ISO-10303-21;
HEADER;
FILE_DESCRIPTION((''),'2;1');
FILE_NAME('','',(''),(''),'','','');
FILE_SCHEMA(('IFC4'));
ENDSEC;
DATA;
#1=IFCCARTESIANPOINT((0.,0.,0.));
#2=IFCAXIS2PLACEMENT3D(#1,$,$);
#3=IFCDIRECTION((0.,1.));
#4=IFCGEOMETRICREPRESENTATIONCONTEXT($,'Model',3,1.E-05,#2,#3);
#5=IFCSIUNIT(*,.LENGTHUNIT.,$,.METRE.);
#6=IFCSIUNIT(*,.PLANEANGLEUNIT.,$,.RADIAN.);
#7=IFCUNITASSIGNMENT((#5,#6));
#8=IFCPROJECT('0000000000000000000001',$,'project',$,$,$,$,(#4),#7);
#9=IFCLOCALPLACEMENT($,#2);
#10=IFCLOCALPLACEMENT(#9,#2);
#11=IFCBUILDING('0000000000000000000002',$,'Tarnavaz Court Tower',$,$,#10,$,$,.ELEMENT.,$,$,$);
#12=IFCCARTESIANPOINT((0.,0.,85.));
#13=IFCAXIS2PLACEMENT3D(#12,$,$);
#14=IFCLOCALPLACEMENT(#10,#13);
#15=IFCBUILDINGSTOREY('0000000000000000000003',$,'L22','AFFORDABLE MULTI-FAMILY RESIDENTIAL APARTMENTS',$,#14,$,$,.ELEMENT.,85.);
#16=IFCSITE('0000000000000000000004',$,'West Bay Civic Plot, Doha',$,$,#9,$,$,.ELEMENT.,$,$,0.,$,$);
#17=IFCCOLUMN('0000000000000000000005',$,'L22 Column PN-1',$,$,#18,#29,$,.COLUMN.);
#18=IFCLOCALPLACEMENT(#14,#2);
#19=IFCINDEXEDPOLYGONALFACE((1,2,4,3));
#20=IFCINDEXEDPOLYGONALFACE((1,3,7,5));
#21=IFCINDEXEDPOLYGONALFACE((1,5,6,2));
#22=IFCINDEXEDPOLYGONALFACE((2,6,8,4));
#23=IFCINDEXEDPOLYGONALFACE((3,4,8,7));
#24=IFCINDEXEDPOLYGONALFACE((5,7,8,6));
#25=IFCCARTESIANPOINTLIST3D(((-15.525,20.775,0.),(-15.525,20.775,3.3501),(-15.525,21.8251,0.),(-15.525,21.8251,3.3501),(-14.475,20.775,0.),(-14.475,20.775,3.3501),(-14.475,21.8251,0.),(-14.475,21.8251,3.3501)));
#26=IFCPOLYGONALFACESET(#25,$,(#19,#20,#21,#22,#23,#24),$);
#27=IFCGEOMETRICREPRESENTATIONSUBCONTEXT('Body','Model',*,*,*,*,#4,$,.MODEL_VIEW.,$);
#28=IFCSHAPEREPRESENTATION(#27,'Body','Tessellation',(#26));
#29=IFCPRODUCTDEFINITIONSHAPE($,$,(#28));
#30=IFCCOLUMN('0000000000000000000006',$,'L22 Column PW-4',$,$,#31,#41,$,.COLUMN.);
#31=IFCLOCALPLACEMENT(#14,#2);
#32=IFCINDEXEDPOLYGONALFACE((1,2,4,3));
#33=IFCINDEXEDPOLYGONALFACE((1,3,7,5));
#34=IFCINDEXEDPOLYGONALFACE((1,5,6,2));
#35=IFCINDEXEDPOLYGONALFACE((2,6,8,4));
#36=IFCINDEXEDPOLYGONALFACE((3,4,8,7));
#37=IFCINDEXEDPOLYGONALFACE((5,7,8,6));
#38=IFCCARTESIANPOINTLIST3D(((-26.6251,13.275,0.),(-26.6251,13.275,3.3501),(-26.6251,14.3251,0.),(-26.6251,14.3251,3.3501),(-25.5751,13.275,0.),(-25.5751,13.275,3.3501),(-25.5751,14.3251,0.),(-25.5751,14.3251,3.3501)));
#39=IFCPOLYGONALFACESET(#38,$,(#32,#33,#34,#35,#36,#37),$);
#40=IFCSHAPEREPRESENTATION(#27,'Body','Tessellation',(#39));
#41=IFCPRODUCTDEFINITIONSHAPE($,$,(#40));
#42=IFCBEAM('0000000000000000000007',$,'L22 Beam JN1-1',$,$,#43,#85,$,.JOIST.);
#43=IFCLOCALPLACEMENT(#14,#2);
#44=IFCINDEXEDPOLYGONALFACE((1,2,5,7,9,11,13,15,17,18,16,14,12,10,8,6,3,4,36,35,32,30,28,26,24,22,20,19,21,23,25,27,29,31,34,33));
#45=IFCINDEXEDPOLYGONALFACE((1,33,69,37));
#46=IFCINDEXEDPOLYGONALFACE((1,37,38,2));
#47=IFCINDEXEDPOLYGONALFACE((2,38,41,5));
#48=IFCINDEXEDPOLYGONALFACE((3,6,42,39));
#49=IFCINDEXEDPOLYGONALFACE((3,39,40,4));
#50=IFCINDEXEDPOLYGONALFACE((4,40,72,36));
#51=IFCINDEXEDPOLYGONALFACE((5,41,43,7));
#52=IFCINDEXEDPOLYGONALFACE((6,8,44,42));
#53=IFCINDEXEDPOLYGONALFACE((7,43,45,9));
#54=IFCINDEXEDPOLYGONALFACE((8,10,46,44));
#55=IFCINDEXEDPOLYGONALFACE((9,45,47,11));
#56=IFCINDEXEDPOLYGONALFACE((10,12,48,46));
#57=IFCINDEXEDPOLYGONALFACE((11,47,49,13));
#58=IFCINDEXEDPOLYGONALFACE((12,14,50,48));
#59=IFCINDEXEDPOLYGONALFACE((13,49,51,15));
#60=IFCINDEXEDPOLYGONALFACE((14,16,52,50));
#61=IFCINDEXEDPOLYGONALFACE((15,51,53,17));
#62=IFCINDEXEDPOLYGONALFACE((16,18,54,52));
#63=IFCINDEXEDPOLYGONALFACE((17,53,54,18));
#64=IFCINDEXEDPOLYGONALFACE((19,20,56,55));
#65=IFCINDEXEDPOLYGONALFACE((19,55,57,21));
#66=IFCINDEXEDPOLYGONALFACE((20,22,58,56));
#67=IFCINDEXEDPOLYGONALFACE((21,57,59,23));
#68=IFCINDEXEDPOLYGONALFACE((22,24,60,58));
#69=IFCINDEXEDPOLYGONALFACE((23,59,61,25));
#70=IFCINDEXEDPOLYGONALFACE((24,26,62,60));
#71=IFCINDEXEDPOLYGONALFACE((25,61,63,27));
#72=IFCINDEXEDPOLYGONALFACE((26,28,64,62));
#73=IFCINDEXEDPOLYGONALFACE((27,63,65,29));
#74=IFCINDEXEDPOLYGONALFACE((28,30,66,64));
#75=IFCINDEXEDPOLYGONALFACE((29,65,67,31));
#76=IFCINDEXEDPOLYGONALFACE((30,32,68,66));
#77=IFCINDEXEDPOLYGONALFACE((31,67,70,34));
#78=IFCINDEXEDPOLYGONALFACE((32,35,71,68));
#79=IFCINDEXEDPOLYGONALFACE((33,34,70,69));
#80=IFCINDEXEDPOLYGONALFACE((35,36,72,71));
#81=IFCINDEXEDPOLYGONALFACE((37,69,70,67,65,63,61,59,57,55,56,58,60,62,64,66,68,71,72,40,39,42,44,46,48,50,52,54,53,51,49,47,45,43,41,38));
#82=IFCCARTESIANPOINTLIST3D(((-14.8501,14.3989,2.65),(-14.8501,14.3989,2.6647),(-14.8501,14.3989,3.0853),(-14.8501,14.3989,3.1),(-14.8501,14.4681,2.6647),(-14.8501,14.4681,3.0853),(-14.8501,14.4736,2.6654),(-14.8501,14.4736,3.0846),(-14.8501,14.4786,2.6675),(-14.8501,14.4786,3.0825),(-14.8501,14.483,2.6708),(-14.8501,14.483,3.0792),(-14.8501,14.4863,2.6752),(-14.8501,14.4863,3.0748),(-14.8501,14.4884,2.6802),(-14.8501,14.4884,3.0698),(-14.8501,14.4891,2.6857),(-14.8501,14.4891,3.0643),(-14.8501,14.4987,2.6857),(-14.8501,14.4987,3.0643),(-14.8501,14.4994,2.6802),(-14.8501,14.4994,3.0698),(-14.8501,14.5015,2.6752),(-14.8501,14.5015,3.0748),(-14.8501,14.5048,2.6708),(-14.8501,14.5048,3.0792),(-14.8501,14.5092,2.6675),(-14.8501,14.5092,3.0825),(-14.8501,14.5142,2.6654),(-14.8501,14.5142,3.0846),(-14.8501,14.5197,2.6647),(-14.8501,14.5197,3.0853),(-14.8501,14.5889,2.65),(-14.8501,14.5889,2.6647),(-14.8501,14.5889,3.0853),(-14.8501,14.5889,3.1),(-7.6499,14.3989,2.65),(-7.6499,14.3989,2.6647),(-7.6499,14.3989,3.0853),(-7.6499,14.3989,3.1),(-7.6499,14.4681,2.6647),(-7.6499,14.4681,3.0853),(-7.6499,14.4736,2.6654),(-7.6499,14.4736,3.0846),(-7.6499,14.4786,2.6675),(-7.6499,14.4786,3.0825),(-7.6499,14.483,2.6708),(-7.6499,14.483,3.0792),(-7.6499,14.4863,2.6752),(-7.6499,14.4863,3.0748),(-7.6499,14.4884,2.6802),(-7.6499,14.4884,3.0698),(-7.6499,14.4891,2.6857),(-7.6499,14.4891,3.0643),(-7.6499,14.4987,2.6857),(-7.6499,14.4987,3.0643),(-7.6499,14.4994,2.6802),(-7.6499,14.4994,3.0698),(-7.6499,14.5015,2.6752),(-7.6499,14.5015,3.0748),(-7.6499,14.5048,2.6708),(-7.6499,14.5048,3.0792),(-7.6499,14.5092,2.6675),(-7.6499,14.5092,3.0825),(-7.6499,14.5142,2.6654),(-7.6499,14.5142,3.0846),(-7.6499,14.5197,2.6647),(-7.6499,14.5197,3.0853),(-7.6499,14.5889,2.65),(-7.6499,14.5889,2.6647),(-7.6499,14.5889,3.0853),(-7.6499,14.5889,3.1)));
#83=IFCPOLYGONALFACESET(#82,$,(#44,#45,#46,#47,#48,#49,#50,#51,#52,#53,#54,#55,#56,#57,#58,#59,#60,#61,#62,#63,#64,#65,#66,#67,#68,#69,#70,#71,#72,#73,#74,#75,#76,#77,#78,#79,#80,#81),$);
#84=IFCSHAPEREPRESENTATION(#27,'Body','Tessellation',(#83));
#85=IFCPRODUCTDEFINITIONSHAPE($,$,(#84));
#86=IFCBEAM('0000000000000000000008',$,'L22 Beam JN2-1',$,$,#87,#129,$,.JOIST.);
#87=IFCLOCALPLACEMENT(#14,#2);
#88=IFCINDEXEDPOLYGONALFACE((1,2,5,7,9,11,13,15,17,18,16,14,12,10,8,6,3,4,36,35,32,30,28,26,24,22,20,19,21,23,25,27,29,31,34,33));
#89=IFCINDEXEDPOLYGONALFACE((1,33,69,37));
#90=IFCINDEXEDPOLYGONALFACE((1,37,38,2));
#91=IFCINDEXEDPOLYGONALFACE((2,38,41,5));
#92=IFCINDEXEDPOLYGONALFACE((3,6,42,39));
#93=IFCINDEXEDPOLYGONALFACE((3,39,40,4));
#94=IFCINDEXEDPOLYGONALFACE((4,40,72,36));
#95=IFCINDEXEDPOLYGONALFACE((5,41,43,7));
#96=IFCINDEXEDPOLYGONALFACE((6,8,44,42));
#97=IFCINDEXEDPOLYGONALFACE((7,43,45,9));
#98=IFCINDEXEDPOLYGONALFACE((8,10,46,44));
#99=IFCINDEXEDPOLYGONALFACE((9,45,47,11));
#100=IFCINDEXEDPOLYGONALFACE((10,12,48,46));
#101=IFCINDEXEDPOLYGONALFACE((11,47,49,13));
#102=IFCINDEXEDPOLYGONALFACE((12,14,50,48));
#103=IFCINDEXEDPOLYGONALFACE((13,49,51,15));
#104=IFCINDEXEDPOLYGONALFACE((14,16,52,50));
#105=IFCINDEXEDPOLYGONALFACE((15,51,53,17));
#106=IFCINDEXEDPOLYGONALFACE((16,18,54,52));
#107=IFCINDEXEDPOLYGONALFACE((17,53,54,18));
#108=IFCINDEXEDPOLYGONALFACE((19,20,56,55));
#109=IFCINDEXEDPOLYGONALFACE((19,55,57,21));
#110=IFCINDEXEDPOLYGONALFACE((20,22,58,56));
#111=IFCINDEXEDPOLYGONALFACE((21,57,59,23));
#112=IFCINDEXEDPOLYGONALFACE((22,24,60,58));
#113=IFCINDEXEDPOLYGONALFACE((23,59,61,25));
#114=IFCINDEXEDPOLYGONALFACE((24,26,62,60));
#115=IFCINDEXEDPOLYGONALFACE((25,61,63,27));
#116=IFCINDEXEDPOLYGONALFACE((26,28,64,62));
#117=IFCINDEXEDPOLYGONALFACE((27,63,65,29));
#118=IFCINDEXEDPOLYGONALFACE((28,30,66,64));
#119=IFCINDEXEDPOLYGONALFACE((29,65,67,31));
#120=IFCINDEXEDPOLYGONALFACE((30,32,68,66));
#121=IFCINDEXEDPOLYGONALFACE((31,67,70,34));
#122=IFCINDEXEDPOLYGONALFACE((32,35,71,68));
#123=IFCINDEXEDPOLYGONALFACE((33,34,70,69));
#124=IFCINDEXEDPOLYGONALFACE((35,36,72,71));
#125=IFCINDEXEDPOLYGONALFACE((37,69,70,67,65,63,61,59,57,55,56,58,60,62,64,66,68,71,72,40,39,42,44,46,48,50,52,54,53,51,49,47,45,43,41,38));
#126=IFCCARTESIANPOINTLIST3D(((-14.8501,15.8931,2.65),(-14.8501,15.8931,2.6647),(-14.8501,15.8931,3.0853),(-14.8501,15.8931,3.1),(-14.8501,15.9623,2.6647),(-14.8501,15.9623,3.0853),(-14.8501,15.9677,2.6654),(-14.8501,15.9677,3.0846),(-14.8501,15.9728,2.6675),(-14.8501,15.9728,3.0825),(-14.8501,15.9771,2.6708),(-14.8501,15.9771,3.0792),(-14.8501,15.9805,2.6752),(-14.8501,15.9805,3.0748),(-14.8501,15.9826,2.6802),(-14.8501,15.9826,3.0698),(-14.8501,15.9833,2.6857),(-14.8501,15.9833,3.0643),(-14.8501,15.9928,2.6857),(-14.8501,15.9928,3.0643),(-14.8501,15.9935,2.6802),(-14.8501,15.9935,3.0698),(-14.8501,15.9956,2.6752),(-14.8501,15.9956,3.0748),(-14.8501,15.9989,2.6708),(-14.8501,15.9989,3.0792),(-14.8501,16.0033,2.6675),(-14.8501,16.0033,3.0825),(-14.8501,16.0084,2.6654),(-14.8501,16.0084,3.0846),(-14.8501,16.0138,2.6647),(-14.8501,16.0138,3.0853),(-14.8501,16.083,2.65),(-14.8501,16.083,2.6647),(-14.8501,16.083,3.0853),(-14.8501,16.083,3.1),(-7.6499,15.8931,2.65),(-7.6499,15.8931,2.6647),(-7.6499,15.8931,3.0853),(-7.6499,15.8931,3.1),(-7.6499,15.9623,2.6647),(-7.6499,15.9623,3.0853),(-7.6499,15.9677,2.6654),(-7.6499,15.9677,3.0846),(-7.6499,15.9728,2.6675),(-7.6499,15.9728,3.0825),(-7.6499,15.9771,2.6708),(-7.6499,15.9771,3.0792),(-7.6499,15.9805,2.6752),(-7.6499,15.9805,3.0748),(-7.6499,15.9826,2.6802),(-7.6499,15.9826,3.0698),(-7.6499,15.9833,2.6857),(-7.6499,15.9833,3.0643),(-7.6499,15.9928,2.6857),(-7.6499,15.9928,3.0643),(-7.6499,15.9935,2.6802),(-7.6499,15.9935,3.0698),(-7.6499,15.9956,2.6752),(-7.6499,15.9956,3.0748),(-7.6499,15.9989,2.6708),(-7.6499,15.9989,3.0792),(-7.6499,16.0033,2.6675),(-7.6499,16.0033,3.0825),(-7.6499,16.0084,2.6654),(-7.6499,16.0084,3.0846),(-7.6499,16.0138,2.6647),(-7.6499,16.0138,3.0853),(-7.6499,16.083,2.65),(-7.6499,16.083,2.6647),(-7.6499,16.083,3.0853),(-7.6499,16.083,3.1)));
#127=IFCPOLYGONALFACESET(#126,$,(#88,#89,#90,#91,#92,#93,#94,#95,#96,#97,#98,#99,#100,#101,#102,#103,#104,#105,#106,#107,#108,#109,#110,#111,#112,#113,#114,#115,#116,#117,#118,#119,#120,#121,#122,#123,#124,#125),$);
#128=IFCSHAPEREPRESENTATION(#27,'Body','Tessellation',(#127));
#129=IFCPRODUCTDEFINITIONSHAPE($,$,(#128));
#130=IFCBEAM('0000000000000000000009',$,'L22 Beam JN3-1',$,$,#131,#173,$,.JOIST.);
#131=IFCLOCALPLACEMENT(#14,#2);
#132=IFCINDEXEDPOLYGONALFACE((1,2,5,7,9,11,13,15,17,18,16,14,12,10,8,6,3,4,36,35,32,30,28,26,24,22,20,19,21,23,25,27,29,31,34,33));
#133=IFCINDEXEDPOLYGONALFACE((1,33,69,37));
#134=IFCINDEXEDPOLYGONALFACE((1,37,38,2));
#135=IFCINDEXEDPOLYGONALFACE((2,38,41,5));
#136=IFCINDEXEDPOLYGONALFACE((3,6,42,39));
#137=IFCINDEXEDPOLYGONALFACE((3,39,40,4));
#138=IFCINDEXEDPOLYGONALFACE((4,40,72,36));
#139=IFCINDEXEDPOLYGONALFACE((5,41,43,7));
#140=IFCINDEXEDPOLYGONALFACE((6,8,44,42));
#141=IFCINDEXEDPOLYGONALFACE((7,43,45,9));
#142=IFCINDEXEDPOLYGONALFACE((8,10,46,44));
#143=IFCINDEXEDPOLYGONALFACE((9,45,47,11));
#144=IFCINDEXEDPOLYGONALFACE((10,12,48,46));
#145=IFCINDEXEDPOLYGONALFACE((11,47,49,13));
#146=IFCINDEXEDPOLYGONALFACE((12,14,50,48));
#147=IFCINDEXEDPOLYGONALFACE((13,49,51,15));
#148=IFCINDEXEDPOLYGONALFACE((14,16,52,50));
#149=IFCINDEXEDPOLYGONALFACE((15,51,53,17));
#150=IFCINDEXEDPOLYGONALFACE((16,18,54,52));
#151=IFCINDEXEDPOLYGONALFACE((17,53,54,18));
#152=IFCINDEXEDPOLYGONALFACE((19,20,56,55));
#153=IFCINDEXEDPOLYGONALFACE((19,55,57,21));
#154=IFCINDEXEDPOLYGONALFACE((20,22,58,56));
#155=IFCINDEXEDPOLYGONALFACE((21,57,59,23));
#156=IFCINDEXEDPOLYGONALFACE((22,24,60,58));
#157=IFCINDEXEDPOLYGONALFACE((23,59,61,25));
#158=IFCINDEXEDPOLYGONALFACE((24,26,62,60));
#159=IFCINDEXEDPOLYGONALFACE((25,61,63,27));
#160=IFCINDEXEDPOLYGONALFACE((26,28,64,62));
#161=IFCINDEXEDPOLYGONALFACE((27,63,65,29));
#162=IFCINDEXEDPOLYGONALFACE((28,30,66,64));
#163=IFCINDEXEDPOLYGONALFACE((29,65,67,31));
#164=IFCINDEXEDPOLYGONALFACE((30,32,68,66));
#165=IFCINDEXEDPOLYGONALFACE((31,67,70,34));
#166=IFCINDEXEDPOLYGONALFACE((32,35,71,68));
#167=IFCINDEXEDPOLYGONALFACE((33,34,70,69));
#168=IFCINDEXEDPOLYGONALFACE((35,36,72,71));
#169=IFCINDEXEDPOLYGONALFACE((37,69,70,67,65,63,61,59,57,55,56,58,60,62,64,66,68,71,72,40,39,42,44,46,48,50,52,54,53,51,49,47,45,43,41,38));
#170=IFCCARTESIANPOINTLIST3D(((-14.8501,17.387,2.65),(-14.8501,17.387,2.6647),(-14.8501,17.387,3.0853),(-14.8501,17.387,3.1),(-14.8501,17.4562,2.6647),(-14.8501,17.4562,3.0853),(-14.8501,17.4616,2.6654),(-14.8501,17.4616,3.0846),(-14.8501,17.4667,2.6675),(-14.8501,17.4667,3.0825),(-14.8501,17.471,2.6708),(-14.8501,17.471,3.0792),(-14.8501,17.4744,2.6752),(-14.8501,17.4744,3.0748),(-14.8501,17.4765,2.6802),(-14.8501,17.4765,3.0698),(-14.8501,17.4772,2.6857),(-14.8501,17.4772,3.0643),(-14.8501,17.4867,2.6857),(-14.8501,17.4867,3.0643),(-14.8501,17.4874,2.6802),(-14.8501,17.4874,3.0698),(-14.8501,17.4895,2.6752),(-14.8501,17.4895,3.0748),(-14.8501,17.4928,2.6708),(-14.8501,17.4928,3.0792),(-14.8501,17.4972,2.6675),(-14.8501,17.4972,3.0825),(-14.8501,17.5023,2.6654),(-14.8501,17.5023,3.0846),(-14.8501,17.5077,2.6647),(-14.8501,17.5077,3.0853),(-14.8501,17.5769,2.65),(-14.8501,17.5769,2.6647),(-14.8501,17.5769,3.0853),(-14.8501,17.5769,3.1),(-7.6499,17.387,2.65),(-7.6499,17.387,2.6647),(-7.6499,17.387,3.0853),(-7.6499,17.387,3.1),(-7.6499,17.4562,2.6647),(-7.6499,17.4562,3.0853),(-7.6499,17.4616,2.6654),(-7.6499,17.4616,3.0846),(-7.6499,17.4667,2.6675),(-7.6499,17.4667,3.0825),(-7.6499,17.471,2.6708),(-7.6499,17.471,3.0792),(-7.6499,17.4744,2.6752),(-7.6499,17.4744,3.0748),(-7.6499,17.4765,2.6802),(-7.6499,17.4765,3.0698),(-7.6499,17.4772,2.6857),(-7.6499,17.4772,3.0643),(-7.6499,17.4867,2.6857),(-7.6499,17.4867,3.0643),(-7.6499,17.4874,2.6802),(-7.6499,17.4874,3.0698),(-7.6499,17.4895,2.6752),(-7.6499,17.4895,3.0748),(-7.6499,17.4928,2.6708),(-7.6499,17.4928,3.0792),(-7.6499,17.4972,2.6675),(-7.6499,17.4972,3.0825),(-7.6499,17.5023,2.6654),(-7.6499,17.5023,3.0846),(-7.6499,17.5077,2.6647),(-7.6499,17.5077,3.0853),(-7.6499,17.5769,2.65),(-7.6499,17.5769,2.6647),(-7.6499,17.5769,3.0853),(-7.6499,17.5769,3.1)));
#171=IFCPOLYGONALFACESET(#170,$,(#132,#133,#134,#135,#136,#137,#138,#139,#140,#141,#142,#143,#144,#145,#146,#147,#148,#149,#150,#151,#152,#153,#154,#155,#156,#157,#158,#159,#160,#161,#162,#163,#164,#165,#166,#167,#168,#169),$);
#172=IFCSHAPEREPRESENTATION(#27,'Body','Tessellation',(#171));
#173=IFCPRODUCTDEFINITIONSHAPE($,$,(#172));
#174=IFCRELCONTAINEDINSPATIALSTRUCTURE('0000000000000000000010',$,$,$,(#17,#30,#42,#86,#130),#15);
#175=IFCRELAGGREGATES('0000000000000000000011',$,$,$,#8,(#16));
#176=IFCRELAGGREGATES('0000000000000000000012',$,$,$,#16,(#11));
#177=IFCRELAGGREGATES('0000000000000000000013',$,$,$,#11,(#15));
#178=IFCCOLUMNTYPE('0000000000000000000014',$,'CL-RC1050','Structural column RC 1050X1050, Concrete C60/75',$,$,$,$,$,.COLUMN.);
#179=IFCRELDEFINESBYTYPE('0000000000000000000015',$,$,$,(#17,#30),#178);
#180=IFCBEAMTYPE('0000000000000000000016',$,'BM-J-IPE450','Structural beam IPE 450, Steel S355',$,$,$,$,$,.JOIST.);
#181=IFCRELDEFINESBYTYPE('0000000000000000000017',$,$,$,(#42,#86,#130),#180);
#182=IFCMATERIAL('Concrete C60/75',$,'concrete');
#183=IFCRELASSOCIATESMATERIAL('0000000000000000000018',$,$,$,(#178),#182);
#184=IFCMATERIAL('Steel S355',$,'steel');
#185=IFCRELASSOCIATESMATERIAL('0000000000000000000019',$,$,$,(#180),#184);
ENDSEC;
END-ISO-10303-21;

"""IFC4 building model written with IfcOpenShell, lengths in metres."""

from ifc_helpers import new_model, si_unit, direction, frame, origin, origin_2d, place, context, subcontext, project, spatial, rectangle, i_section, extrude, material, material_profile, profile_set, type_object, element, save


model = new_model("IFC4")

# Units and contexts
model_context = context("Model", 3, precision=1e-05, world=origin(), true_north=direction((0.0, 1.0)))
body_context = subcontext(model_context, "Body", "Model", "MODEL_VIEW")
ifc_project = project(units=[si_unit("LENGTHUNIT", "METRE"), si_unit("PLANEANGLEUNIT", "RADIAN")], contexts=[model_context])

# Site, building, storey
site_placement = place(None, origin())
site = spatial("IfcSite", under=ifc_project, at=site_placement, Name="West Bay Civic Plot, Doha", CompositionType="ELEMENT", RefElevation=0.0)
building_placement = place(site_placement, origin())
building = spatial("IfcBuilding", under=site, at=building_placement, Name="Tarnavaz Court Tower", CompositionType="ELEMENT")
storey_placement = place(building_placement, frame((0.0, 0.0, 85.0)))
storey = spatial("IfcBuildingStorey", under=building, at=storey_placement, Name="L22", Description="AFFORDABLE MULTI-FAMILY RESIDENTIAL APARTMENTS", CompositionType="ELEMENT", Elevation=85.0)

# Columns
ifc_material_1 = material(Name="Concrete C60/75", Category="concrete")
ifc_material_profile_1 = material_profile(ifc_material_1, rectangle(XDim=1.05, YDim=1.05, at=origin_2d()), Name="RC 1050X1050")
ifc_profile_set_1 = profile_set([ifc_material_profile_1], Name="Concrete C60/75")
column_type = type_object("IfcColumnType", Name="CL-RC1050", Description="Structural column RC 1050X1050, Concrete C60/75", PredefinedType="COLUMN", material=ifc_profile_set_1)
for number, where, z_axis, x_axis, name in (
    (1, (-15.0, 21.3, 0.0), (0.0, 0.0, 1.0), (1.0, 0.0, 0.0), "L22 Column PN-1"),
    (2, (-26.1001, 13.8, 0.0), (0.0, 0.0, 1.0), (1.0, 0.0, 0.0), "L22 Column PW-4"),
):
    element("IfcColumn", number, at=place(storey_placement, frame(where, z_axis=z_axis, x_axis=x_axis)), inside=storey, type_object=column_type, Name=name, PredefinedType="COLUMN", context=body_context, shape_type="SweptSolid", body=[
        extrude(rectangle(XDim=1.05, YDim=1.05, at=origin_2d()), origin(), (0.0, 0.0, 1.0), 3.3501),
    ])

# Beams
ifc_material_2 = material(Name="Steel S355", Category="steel")
ifc_material_profile_2 = material_profile(ifc_material_2, i_section(OverallWidth=0.1899, OverallDepth=0.45, WebThickness=0.0095, FlangeThickness=0.0146, FilletRadius=0.021, at=origin_2d()), Name="IPE 450")
ifc_profile_set_2 = profile_set([ifc_material_profile_2], Name="Steel S355")
beam_type_1 = type_object("IfcBeamType", Name="BM-J-IPE450", Description="Structural beam IPE 450, Steel S355", PredefinedType="JOIST", material=ifc_profile_set_2)
for number, where, z_axis, x_axis, name in (
    (3, (-14.8501, 14.4939, 2.875), (1.0, 0.0, 0.0), (0.0, 1.0, 0.0), "L22 Beam JN1-1"),
    (4, (-14.8501, 15.988, 2.875), (1.0, 0.0, 0.0), (0.0, 1.0, 0.0), "L22 Beam JN2-1"),
    (5, (-14.8501, 17.4819, 2.875), (1.0, 0.0, 0.0), (0.0, 1.0, 0.0), "L22 Beam JN3-1"),
):
    element("IfcBeam", number, at=place(storey_placement, frame(where, z_axis=z_axis, x_axis=x_axis)), inside=storey, type_object=beam_type_1, Name=name, PredefinedType="JOIST", context=body_context, shape_type="SweptSolid", body=[
        extrude(i_section(OverallWidth=0.1899, OverallDepth=0.45, WebThickness=0.0095, FlangeThickness=0.0146, FilletRadius=0.021, at=origin_2d()), origin(), (0.0, 0.0, 1.0), 7.2002),
    ])

save(model, "model.ifc")
